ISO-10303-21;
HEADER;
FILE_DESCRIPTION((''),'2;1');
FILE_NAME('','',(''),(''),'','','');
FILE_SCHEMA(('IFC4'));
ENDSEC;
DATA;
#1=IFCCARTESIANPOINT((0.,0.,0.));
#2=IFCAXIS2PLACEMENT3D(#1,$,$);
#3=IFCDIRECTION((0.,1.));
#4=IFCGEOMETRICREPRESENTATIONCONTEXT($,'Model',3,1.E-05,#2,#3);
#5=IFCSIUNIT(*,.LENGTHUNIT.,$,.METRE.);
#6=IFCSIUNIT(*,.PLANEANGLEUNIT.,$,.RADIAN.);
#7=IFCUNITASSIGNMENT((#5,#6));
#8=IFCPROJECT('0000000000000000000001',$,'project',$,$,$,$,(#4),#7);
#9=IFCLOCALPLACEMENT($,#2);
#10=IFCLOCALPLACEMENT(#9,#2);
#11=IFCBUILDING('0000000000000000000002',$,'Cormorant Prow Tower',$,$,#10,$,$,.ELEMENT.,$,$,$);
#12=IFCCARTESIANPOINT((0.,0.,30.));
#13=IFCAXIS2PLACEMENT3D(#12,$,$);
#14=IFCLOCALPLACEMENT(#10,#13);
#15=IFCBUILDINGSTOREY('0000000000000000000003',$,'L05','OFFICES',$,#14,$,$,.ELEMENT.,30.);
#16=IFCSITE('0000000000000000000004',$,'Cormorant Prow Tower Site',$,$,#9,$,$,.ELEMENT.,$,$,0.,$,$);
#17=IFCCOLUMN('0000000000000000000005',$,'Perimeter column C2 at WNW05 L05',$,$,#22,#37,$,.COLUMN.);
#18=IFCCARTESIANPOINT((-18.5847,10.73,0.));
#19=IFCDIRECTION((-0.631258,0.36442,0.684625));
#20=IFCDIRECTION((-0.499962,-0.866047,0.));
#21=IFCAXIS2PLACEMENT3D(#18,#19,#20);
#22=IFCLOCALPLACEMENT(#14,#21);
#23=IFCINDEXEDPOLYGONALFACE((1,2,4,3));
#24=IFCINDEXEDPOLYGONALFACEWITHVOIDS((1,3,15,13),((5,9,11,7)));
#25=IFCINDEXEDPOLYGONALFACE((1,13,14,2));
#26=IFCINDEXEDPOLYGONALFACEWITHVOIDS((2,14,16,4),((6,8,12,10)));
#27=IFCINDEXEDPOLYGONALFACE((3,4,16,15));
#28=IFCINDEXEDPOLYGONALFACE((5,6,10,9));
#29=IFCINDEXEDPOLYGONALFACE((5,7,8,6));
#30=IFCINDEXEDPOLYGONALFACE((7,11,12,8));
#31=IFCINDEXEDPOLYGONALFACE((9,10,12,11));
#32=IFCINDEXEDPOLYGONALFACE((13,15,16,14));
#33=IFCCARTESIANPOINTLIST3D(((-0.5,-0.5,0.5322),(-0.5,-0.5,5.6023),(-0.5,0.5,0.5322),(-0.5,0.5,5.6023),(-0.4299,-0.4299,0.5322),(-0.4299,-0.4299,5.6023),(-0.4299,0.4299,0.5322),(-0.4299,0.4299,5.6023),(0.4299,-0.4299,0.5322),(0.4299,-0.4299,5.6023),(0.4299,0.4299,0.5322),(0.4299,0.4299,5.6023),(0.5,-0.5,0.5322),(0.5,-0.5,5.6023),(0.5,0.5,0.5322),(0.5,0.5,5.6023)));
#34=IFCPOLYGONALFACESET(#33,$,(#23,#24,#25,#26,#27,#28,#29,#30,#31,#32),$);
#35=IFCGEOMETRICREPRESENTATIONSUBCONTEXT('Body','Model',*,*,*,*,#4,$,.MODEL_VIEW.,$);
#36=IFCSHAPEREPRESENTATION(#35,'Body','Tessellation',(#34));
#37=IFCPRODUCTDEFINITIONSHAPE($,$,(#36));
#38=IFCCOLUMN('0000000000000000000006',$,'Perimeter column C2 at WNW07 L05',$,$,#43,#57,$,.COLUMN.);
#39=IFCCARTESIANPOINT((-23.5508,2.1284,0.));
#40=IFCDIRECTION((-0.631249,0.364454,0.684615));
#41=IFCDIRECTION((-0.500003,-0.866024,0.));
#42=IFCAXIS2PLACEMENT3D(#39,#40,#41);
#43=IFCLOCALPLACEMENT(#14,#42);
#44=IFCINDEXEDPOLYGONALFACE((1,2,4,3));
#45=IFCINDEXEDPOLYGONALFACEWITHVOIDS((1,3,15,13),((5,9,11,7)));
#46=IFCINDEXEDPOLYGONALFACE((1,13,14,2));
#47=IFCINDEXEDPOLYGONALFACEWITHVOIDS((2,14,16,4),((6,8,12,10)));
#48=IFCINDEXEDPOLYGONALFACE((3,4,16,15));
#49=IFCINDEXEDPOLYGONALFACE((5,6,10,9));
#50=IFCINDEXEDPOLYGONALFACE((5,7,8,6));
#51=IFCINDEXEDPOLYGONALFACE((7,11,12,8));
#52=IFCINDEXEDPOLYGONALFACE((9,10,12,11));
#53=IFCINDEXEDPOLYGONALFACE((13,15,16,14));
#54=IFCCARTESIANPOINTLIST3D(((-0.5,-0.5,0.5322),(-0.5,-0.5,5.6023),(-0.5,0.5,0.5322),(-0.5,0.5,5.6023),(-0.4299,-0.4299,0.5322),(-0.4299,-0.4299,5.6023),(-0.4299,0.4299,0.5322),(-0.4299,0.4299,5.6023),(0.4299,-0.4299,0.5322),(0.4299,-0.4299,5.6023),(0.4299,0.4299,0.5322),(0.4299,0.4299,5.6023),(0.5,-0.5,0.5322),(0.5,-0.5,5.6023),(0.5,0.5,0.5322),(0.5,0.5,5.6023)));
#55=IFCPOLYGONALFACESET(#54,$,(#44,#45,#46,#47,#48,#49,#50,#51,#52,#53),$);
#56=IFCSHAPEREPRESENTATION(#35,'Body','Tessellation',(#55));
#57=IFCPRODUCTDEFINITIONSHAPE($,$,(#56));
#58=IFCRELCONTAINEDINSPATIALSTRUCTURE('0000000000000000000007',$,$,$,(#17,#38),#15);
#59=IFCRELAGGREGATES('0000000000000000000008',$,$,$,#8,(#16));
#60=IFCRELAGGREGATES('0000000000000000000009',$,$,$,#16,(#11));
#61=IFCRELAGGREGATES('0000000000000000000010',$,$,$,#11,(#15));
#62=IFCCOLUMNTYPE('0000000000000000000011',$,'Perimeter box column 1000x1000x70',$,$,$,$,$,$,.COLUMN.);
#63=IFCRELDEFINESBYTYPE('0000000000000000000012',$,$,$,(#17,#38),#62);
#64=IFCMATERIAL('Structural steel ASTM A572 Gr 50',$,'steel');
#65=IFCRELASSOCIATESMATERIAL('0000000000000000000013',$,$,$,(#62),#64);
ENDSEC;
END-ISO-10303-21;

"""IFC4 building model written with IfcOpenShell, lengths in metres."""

from ifc_helpers import new_model, si_unit, direction, frame, origin, origin_2d, place, context, subcontext, project, spatial, hollow_rectangle, extrude, material, material_profile, profile_set, type_object, element, save


model = new_model("IFC4")

# Units and contexts
model_context = context("Model", 3, precision=1e-05, world=origin(), true_north=direction((0.0, 1.0)))
body_context = subcontext(model_context, "Body", "Model", "MODEL_VIEW")
ifc_project = project(units=[si_unit("LENGTHUNIT", "METRE"), si_unit("PLANEANGLEUNIT", "RADIAN")], contexts=[model_context])

# Site, building, storey
site_placement = place(None, origin())
site = spatial("IfcSite", under=ifc_project, at=site_placement, Name="Cormorant Prow Tower Site", CompositionType="ELEMENT", RefElevation=0.0)
building_placement = place(site_placement, origin())
building = spatial("IfcBuilding", under=site, at=building_placement, Name="Cormorant Prow Tower", CompositionType="ELEMENT")
storey_placement = place(building_placement, frame((0.0, 0.0, 30.0)))
storey = spatial("IfcBuildingStorey", under=building, at=storey_placement, Name="L05", Description="OFFICES", CompositionType="ELEMENT", Elevation=30.0)

# Columns
ifc_material_1 = material(Name="Structural steel ASTM A572 Gr 50", Category="steel")
ifc_material_profile_1 = material_profile(ifc_material_1, hollow_rectangle(XDim=1.0, YDim=1.0, WallThickness=0.0701, at=origin_2d()), Name="Box 1000x1000x70")
ifc_profile_set_1 = profile_set([ifc_material_profile_1], Name="Structural steel ASTM A572 Gr 50")
column_type_1 = type_object("IfcColumnType", Name="Perimeter box column 1000x1000x70", PredefinedType="COLUMN", material=ifc_profile_set_1)
column_1_placement = place(storey_placement, frame((-18.5847, 10.73, 0.0), z_axis=(-0.631258, 0.36442, 0.684625), x_axis=(-0.499962, -0.866047, 0.0)))
element("IfcColumn", 1, at=column_1_placement, inside=storey, type_object=column_type_1, Name="Perimeter column C2 at WNW05 L05", PredefinedType="COLUMN", context=body_context, shape_type="SweptSolid", body=[
    extrude(hollow_rectangle(XDim=1.0, YDim=1.0, WallThickness=0.0701, at=origin_2d()), frame((0.0, 0.0, 0.5322)), (0.0, 0.0, 1.0), 5.0701),
])
column_2_placement = place(storey_placement, frame((-23.5508, 2.1284, 0.0), z_axis=(-0.631249, 0.364454, 0.684615), x_axis=(-0.500003, -0.866024, 0.0)))
element("IfcColumn", 2, at=column_2_placement, inside=storey, type_object=column_type_1, Name="Perimeter column C2 at WNW07 L05", PredefinedType="COLUMN", context=body_context, shape_type="SweptSolid", body=[
    extrude(hollow_rectangle(XDim=1.0, YDim=1.0, WallThickness=0.0701, at=origin_2d()), frame((0.0, 0.0, 0.5322)), (0.0, 0.0, 1.0), 5.0701),
])

save(model, "model.ifc")
